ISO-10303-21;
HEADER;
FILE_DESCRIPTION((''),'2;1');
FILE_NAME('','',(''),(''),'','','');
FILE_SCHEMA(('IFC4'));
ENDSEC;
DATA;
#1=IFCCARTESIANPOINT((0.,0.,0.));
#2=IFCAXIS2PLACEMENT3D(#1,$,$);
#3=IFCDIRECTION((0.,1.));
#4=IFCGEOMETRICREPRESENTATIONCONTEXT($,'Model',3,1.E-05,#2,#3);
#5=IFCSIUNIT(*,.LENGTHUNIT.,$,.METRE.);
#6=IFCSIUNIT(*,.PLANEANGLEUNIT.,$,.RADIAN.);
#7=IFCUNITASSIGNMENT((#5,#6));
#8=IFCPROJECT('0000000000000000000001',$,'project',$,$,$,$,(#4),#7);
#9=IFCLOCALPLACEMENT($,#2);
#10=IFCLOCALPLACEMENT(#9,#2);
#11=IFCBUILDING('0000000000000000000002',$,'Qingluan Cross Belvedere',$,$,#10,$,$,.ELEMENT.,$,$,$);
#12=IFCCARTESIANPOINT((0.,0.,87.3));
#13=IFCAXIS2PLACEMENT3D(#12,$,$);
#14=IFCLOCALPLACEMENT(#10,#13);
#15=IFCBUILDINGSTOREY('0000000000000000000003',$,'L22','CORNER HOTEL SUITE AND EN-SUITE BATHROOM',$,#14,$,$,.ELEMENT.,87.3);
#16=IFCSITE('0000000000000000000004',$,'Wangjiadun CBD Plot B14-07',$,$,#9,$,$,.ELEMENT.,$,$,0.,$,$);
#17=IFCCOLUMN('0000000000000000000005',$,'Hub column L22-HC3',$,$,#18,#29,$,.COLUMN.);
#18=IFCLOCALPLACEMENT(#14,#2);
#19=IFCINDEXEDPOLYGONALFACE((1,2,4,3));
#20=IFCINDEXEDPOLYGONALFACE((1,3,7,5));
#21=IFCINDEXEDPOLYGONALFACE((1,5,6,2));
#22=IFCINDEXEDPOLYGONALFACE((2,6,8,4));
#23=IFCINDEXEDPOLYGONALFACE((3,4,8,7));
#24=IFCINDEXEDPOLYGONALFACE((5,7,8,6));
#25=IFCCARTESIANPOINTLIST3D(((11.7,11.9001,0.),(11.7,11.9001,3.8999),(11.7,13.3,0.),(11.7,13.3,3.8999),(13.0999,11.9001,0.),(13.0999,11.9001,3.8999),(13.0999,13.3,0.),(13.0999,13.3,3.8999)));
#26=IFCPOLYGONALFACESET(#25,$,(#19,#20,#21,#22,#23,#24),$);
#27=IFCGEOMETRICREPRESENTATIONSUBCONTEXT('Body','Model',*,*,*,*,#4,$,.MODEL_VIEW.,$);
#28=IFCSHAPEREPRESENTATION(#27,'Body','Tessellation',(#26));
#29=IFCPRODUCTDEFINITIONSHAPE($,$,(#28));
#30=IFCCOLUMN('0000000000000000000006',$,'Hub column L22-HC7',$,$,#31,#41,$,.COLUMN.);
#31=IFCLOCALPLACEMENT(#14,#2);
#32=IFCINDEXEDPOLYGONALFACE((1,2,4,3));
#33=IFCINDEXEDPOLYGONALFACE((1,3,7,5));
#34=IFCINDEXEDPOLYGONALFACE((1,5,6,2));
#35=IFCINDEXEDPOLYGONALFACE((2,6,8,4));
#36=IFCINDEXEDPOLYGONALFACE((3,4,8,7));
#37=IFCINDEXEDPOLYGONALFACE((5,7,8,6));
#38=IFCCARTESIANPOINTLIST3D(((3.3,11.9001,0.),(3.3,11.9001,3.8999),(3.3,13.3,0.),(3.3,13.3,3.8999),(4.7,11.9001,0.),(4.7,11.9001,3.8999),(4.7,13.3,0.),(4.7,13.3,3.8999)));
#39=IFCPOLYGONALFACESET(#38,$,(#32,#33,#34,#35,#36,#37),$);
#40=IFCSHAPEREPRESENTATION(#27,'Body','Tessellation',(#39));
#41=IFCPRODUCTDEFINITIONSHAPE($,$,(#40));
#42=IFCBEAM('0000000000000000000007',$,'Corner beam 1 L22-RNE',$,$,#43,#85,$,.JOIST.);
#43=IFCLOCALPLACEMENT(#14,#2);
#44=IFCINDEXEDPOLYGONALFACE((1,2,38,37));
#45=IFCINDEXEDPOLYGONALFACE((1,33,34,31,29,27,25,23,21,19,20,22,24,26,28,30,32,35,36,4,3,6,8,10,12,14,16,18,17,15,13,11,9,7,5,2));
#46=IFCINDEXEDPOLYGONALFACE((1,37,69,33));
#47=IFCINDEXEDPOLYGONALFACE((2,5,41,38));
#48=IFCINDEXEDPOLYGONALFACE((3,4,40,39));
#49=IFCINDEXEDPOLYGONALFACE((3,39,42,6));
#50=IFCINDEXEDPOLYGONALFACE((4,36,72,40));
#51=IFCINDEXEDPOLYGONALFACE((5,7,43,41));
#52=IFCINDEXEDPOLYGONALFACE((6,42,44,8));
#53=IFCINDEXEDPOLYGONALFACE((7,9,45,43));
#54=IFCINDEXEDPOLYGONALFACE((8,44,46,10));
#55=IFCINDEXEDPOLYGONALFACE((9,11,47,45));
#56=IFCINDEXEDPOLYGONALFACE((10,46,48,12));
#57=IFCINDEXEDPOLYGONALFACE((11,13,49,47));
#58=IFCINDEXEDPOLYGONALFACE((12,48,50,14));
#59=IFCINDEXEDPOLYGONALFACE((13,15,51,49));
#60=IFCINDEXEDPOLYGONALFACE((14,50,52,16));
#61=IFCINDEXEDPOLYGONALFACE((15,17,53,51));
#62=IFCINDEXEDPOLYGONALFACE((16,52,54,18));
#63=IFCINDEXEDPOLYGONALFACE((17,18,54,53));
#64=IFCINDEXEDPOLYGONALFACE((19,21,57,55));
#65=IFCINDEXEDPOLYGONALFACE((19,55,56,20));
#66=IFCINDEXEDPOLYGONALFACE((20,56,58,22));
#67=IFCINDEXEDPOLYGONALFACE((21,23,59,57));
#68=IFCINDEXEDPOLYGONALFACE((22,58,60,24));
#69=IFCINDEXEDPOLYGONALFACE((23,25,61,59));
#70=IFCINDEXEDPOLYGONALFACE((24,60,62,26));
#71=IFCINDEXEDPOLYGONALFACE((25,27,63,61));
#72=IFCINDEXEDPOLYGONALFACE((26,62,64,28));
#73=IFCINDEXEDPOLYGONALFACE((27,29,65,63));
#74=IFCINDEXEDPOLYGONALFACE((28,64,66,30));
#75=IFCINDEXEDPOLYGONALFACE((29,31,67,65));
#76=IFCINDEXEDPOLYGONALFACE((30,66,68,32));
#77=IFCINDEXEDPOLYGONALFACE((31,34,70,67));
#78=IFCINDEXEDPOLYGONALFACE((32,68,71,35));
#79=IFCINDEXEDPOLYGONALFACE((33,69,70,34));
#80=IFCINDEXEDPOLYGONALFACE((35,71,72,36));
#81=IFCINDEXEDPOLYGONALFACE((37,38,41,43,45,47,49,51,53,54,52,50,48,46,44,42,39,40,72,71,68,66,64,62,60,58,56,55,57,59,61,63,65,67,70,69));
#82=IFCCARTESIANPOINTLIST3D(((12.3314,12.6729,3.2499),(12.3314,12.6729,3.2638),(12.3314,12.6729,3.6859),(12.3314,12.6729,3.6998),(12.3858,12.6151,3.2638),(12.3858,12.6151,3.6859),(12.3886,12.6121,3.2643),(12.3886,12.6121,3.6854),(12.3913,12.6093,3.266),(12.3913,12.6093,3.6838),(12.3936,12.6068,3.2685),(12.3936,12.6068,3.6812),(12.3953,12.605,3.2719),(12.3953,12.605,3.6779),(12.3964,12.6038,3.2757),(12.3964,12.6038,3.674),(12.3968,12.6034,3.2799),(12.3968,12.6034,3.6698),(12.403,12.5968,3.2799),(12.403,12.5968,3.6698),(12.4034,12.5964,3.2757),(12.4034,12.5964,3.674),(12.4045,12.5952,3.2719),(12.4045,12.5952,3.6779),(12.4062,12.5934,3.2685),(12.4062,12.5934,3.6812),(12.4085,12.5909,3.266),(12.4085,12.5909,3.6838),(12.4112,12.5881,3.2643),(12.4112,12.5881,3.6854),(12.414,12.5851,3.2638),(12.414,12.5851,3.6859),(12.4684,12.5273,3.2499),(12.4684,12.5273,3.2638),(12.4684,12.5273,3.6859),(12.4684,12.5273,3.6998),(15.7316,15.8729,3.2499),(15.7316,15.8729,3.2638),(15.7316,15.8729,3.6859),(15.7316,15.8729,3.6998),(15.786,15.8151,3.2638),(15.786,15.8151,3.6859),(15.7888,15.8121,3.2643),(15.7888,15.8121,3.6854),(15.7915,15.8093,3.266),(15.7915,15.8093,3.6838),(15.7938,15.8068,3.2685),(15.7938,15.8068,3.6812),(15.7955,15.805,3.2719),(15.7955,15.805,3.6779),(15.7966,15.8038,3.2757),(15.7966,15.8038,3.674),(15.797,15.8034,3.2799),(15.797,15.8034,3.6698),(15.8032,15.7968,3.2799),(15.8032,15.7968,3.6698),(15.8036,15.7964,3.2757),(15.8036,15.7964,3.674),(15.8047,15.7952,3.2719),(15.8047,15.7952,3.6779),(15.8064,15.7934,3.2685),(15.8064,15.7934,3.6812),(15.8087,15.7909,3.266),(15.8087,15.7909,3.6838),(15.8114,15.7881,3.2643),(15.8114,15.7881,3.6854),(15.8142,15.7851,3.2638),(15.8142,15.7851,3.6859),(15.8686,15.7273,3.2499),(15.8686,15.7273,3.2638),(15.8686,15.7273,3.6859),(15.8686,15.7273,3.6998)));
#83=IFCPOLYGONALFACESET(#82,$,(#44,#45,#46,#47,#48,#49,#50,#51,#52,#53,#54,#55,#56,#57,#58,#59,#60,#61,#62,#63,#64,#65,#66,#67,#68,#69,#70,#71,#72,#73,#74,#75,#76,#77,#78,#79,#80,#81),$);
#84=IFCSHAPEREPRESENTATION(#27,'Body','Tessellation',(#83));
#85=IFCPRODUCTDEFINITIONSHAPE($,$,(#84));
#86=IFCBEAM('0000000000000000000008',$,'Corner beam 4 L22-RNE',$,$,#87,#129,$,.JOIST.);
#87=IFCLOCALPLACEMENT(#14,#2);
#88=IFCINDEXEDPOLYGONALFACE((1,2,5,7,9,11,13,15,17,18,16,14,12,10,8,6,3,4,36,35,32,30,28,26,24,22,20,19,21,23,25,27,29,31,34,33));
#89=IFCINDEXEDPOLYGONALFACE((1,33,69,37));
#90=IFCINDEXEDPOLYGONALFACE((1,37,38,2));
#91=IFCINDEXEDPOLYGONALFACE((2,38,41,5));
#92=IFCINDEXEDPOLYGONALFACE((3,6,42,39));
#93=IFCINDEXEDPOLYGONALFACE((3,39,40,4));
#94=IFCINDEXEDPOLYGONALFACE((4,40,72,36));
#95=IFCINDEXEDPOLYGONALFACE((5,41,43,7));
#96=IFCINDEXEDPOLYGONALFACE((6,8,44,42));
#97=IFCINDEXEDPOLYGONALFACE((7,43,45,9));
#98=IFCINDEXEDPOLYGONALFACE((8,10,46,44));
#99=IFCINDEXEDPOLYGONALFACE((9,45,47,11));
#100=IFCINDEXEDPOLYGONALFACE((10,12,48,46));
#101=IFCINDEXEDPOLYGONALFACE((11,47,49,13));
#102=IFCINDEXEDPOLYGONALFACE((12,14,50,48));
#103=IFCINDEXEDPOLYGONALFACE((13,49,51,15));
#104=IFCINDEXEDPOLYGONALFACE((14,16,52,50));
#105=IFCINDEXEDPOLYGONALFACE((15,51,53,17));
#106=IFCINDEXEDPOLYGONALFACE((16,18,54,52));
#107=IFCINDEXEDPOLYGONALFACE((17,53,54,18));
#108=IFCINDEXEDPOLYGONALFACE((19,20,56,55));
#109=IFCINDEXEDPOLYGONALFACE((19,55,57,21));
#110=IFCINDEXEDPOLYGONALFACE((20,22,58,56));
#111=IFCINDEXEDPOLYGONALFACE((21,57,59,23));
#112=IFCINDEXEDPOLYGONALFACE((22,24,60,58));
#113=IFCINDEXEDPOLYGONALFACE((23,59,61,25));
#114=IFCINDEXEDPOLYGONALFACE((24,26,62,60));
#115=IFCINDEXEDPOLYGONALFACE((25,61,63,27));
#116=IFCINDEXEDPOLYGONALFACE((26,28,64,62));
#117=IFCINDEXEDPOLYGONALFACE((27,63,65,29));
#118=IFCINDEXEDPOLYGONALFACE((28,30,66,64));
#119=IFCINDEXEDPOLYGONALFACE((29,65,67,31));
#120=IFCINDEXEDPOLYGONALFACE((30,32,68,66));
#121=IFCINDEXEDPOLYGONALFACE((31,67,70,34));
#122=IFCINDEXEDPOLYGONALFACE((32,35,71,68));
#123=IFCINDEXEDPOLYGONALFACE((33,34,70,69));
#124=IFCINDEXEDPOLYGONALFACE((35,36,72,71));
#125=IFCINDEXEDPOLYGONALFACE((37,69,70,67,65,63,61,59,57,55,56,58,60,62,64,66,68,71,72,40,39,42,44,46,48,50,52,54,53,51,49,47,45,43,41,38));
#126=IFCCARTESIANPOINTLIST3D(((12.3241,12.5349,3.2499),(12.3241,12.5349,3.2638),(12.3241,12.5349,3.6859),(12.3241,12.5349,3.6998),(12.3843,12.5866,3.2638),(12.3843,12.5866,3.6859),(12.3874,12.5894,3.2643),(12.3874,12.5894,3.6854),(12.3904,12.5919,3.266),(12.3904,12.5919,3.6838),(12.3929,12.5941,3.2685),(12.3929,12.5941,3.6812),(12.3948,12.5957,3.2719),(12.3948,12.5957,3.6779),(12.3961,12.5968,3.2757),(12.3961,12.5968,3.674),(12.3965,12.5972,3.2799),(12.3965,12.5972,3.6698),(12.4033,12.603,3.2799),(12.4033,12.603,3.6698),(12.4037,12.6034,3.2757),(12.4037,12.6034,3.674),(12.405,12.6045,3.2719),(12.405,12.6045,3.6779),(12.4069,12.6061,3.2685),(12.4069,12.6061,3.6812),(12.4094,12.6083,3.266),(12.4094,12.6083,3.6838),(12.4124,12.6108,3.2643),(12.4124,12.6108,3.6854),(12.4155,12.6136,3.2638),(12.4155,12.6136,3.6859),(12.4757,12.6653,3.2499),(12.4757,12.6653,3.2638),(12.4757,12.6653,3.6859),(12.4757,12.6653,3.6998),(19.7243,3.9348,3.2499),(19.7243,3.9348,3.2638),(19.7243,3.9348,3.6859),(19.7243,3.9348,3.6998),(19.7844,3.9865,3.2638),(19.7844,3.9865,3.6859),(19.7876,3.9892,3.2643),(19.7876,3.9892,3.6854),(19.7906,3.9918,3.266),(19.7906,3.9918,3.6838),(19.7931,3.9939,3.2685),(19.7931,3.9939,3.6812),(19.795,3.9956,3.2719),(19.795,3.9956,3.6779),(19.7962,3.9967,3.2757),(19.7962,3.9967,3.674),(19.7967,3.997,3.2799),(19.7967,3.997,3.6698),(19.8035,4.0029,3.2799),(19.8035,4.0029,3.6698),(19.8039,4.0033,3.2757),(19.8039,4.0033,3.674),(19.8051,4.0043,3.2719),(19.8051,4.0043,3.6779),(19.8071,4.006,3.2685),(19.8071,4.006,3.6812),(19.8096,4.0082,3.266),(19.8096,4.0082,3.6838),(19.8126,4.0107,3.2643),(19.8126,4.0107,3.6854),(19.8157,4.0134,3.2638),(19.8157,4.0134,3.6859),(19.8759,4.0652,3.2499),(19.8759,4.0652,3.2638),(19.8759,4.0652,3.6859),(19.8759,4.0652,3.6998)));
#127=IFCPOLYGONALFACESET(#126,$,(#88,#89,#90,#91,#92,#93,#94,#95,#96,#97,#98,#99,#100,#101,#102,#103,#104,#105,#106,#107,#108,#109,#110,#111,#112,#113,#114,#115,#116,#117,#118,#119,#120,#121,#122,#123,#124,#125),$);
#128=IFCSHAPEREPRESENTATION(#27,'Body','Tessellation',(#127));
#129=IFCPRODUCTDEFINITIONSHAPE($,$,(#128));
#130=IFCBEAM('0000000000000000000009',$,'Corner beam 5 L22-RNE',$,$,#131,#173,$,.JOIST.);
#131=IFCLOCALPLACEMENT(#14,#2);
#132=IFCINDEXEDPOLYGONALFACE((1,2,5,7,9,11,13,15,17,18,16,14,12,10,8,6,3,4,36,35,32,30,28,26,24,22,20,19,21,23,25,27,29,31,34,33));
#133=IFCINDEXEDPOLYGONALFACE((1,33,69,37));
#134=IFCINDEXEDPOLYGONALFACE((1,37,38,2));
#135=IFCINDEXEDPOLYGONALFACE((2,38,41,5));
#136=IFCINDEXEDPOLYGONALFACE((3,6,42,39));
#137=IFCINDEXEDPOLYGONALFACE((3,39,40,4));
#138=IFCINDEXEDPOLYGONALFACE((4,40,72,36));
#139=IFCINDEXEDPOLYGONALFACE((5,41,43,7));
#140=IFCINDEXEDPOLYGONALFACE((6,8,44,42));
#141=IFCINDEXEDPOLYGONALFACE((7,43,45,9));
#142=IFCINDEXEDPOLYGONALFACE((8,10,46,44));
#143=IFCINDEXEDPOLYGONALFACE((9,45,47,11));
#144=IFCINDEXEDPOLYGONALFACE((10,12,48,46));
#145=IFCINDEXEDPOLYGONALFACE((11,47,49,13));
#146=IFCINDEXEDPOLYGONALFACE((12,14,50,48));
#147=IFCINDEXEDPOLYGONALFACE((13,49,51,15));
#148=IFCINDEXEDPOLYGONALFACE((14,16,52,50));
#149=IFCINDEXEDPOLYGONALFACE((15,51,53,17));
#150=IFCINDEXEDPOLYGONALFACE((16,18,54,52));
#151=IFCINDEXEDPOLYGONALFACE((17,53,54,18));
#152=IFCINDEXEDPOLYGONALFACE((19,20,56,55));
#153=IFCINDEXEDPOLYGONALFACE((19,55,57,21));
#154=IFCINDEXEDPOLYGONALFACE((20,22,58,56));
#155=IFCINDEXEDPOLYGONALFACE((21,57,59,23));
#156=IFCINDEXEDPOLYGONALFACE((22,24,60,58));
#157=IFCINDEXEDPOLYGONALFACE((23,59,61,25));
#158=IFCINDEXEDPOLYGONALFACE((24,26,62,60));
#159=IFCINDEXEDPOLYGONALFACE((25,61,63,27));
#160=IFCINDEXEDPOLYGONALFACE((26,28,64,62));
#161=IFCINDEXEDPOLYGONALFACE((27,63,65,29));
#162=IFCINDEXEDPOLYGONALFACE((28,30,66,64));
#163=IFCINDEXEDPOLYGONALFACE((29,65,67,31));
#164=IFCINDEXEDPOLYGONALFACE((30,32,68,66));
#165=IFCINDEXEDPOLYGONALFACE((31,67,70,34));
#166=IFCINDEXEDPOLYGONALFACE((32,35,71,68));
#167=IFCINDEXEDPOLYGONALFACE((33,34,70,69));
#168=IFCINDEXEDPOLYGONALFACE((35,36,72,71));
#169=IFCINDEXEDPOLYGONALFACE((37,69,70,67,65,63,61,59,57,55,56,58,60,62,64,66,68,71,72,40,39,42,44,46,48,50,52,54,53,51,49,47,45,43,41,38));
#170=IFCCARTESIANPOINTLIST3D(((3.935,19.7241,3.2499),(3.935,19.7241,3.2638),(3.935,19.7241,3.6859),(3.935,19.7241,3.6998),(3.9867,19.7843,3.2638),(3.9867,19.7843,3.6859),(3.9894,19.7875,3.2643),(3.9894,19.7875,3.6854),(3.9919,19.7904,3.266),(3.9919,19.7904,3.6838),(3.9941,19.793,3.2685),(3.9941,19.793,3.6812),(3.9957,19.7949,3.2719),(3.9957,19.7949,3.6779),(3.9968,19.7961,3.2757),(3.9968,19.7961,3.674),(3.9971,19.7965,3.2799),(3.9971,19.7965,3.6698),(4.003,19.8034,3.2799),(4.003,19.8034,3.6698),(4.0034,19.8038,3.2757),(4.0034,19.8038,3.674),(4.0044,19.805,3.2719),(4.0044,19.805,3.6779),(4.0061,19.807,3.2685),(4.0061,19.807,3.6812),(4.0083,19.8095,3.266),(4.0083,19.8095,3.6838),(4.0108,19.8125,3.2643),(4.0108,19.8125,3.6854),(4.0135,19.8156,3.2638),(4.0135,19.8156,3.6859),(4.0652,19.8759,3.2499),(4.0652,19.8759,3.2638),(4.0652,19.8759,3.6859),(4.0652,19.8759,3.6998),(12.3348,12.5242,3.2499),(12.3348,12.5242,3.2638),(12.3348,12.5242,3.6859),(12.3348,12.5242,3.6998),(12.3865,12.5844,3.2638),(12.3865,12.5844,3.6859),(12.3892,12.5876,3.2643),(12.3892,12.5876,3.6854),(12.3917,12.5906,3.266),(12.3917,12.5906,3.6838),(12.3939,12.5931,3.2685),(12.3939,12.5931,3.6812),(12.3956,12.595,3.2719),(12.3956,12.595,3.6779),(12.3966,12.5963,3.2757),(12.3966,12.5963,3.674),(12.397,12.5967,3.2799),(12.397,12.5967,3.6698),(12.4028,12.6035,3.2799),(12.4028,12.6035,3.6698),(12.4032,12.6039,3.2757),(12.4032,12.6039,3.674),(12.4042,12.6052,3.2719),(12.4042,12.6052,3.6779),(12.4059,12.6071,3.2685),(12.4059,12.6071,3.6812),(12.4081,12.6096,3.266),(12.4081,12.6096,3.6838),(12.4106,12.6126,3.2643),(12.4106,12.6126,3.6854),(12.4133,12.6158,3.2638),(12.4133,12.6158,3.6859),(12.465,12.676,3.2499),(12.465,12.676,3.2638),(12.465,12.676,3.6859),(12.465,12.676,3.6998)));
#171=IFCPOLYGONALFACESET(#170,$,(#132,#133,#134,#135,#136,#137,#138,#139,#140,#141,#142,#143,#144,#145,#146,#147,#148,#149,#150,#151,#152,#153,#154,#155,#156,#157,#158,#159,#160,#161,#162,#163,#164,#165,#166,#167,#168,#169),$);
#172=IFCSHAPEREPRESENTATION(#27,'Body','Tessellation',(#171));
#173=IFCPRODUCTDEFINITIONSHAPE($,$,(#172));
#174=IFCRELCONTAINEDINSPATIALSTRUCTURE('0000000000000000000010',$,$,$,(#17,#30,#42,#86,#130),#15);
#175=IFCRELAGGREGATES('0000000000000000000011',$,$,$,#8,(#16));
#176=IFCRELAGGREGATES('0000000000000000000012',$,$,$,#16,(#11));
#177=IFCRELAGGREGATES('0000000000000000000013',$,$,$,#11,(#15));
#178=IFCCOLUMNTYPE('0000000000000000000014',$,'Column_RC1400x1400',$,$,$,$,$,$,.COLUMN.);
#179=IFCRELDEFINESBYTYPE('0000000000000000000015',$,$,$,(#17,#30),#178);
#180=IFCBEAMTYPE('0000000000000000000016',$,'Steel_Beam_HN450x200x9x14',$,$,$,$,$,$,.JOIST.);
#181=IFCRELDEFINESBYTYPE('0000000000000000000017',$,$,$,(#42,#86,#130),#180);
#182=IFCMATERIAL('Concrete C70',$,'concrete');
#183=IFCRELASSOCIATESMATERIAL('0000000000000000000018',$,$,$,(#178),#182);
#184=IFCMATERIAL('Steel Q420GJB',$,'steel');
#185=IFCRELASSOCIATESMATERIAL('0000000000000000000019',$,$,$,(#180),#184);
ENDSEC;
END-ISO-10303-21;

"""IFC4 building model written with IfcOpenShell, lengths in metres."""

from ifc_helpers import new_model, si_unit, direction, frame, origin, origin_2d, place, context, subcontext, project, spatial, rectangle, i_section, extrude, material, material_profile, profile_set, type_object, element, save


model = new_model("IFC4")

# Units and contexts
model_context = context("Model", 3, precision=1e-05, world=origin(), true_north=direction((0.0, 1.0)))
body_context = subcontext(model_context, "Body", "Model", "MODEL_VIEW")
ifc_project = project(units=[si_unit("LENGTHUNIT", "METRE"), si_unit("PLANEANGLEUNIT", "RADIAN")], contexts=[model_context])

# Site, building, storey
site_placement = place(None, origin())
site = spatial("IfcSite", under=ifc_project, at=site_placement, Name="Wangjiadun CBD Plot B14-07", CompositionType="ELEMENT", RefElevation=0.0)
building_placement = place(site_placement, origin())
building = spatial("IfcBuilding", under=site, at=building_placement, Name="Qingluan Cross Belvedere", CompositionType="ELEMENT")
storey_placement = place(building_placement, frame((0.0, 0.0, 87.3)))
storey = spatial("IfcBuildingStorey", under=building, at=storey_placement, Name="L22", Description="CORNER HOTEL SUITE AND EN-SUITE BATHROOM", CompositionType="ELEMENT", Elevation=87.3)

# Columns
ifc_material_1 = material(Name="Concrete C70", Category="concrete")
ifc_material_profile_1 = material_profile(ifc_material_1, rectangle(XDim=1.3999, YDim=1.3999, at=origin_2d()), Name="RC1400x1400")
ifc_profile_set_1 = profile_set([ifc_material_profile_1], Name="Concrete C70")
column_type = type_object("IfcColumnType", Name="Column_RC1400x1400", PredefinedType="COLUMN", material=ifc_profile_set_1)
for number, where, z_axis, x_axis, name in (
    (1, (12.3999, 12.6001, 0.0), (0.0, 0.0, 1.0), (1.0, 0.0, 0.0), "Hub column L22-HC3"),
    (2, (4.0, 12.6001, 0.0), (0.0, 0.0, 1.0), (1.0, 0.0, 0.0), "Hub column L22-HC7"),
):
    element("IfcColumn", number, at=place(storey_placement, frame(where, z_axis=z_axis, x_axis=x_axis)), inside=storey, type_object=column_type, Name=name, PredefinedType="COLUMN", context=body_context, shape_type="SweptSolid", body=[
        extrude(rectangle(XDim=1.3999, YDim=1.3999, at=origin_2d()), origin(), (0.0, 0.0, 1.0), 3.8999),
    ])

# Beams
ifc_material_2 = material(Name="Steel Q420GJB", Category="steel")
ifc_material_profile_2 = material_profile(ifc_material_2, i_section(OverallWidth=0.2, OverallDepth=0.45, WebThickness=0.009, FlangeThickness=0.0139, FilletRadius=0.0161, at=origin_2d()), Name="HN450x200x9x14")
ifc_profile_set_2 = profile_set([ifc_material_profile_2], Name="Steel Q420GJB")
beam_type_1 = type_object("IfcBeamType", Name="Steel_Beam_HN450x200x9x14", PredefinedType="JOIST", material=ifc_profile_set_2)
beam_1_placement = place(storey_placement, frame((12.3999, 12.6001, 3.4749), z_axis=(0.72822, 0.685343, 0.0), x_axis=(-0.685343, 0.72822, 0.0)))
element("IfcBeam", 3, at=beam_1_placement, inside=storey, type_object=beam_type_1, Name="Corner beam 1 L22-RNE", PredefinedType="JOIST", context=body_context, shape_type="SweptSolid", body=[
    extrude(i_section(OverallWidth=0.2, OverallDepth=0.45, WebThickness=0.009, FlangeThickness=0.0139, FilletRadius=0.0161, at=origin_2d()), origin(), (0.0, 0.0, 1.0), 4.6692),
])
beam_2_placement = place(storey_placement, frame((12.3999, 12.6001, 3.4749), z_axis=(0.652245, -0.758008, 0.0), x_axis=(0.758008, 0.652245, 0.0)))
element("IfcBeam", 4, at=beam_2_placement, inside=storey, type_object=beam_type_1, Name="Corner beam 4 L22-RNE", PredefinedType="JOIST", context=body_context, shape_type="SweptSolid", body=[
    extrude(i_section(OverallWidth=0.2, OverallDepth=0.45, WebThickness=0.009, FlangeThickness=0.0139, FilletRadius=0.0161, at=origin_2d()), origin(), (0.0, 0.0, 1.0), 11.3457),
])
beam_3_placement = place(storey_placement, frame((12.3999, 12.6001, 3.4749), z_axis=(-0.759255, 0.650793, 0.0), x_axis=(-0.650793, -0.759255, 0.0)))
element("IfcBeam", 5, at=beam_3_placement, inside=storey, type_object=beam_type_1, Name="Corner beam 5 L22-RNE", PredefinedType="JOIST", context=body_context, shape_type="SweptSolid", body=[
    extrude(i_section(OverallWidth=0.2, OverallDepth=0.45, WebThickness=0.009, FlangeThickness=0.0139, FilletRadius=0.0161, at=origin_2d()), origin(), (0.0, 0.0, 1.0), 11.0632),
])

save(model, "model.ifc")
